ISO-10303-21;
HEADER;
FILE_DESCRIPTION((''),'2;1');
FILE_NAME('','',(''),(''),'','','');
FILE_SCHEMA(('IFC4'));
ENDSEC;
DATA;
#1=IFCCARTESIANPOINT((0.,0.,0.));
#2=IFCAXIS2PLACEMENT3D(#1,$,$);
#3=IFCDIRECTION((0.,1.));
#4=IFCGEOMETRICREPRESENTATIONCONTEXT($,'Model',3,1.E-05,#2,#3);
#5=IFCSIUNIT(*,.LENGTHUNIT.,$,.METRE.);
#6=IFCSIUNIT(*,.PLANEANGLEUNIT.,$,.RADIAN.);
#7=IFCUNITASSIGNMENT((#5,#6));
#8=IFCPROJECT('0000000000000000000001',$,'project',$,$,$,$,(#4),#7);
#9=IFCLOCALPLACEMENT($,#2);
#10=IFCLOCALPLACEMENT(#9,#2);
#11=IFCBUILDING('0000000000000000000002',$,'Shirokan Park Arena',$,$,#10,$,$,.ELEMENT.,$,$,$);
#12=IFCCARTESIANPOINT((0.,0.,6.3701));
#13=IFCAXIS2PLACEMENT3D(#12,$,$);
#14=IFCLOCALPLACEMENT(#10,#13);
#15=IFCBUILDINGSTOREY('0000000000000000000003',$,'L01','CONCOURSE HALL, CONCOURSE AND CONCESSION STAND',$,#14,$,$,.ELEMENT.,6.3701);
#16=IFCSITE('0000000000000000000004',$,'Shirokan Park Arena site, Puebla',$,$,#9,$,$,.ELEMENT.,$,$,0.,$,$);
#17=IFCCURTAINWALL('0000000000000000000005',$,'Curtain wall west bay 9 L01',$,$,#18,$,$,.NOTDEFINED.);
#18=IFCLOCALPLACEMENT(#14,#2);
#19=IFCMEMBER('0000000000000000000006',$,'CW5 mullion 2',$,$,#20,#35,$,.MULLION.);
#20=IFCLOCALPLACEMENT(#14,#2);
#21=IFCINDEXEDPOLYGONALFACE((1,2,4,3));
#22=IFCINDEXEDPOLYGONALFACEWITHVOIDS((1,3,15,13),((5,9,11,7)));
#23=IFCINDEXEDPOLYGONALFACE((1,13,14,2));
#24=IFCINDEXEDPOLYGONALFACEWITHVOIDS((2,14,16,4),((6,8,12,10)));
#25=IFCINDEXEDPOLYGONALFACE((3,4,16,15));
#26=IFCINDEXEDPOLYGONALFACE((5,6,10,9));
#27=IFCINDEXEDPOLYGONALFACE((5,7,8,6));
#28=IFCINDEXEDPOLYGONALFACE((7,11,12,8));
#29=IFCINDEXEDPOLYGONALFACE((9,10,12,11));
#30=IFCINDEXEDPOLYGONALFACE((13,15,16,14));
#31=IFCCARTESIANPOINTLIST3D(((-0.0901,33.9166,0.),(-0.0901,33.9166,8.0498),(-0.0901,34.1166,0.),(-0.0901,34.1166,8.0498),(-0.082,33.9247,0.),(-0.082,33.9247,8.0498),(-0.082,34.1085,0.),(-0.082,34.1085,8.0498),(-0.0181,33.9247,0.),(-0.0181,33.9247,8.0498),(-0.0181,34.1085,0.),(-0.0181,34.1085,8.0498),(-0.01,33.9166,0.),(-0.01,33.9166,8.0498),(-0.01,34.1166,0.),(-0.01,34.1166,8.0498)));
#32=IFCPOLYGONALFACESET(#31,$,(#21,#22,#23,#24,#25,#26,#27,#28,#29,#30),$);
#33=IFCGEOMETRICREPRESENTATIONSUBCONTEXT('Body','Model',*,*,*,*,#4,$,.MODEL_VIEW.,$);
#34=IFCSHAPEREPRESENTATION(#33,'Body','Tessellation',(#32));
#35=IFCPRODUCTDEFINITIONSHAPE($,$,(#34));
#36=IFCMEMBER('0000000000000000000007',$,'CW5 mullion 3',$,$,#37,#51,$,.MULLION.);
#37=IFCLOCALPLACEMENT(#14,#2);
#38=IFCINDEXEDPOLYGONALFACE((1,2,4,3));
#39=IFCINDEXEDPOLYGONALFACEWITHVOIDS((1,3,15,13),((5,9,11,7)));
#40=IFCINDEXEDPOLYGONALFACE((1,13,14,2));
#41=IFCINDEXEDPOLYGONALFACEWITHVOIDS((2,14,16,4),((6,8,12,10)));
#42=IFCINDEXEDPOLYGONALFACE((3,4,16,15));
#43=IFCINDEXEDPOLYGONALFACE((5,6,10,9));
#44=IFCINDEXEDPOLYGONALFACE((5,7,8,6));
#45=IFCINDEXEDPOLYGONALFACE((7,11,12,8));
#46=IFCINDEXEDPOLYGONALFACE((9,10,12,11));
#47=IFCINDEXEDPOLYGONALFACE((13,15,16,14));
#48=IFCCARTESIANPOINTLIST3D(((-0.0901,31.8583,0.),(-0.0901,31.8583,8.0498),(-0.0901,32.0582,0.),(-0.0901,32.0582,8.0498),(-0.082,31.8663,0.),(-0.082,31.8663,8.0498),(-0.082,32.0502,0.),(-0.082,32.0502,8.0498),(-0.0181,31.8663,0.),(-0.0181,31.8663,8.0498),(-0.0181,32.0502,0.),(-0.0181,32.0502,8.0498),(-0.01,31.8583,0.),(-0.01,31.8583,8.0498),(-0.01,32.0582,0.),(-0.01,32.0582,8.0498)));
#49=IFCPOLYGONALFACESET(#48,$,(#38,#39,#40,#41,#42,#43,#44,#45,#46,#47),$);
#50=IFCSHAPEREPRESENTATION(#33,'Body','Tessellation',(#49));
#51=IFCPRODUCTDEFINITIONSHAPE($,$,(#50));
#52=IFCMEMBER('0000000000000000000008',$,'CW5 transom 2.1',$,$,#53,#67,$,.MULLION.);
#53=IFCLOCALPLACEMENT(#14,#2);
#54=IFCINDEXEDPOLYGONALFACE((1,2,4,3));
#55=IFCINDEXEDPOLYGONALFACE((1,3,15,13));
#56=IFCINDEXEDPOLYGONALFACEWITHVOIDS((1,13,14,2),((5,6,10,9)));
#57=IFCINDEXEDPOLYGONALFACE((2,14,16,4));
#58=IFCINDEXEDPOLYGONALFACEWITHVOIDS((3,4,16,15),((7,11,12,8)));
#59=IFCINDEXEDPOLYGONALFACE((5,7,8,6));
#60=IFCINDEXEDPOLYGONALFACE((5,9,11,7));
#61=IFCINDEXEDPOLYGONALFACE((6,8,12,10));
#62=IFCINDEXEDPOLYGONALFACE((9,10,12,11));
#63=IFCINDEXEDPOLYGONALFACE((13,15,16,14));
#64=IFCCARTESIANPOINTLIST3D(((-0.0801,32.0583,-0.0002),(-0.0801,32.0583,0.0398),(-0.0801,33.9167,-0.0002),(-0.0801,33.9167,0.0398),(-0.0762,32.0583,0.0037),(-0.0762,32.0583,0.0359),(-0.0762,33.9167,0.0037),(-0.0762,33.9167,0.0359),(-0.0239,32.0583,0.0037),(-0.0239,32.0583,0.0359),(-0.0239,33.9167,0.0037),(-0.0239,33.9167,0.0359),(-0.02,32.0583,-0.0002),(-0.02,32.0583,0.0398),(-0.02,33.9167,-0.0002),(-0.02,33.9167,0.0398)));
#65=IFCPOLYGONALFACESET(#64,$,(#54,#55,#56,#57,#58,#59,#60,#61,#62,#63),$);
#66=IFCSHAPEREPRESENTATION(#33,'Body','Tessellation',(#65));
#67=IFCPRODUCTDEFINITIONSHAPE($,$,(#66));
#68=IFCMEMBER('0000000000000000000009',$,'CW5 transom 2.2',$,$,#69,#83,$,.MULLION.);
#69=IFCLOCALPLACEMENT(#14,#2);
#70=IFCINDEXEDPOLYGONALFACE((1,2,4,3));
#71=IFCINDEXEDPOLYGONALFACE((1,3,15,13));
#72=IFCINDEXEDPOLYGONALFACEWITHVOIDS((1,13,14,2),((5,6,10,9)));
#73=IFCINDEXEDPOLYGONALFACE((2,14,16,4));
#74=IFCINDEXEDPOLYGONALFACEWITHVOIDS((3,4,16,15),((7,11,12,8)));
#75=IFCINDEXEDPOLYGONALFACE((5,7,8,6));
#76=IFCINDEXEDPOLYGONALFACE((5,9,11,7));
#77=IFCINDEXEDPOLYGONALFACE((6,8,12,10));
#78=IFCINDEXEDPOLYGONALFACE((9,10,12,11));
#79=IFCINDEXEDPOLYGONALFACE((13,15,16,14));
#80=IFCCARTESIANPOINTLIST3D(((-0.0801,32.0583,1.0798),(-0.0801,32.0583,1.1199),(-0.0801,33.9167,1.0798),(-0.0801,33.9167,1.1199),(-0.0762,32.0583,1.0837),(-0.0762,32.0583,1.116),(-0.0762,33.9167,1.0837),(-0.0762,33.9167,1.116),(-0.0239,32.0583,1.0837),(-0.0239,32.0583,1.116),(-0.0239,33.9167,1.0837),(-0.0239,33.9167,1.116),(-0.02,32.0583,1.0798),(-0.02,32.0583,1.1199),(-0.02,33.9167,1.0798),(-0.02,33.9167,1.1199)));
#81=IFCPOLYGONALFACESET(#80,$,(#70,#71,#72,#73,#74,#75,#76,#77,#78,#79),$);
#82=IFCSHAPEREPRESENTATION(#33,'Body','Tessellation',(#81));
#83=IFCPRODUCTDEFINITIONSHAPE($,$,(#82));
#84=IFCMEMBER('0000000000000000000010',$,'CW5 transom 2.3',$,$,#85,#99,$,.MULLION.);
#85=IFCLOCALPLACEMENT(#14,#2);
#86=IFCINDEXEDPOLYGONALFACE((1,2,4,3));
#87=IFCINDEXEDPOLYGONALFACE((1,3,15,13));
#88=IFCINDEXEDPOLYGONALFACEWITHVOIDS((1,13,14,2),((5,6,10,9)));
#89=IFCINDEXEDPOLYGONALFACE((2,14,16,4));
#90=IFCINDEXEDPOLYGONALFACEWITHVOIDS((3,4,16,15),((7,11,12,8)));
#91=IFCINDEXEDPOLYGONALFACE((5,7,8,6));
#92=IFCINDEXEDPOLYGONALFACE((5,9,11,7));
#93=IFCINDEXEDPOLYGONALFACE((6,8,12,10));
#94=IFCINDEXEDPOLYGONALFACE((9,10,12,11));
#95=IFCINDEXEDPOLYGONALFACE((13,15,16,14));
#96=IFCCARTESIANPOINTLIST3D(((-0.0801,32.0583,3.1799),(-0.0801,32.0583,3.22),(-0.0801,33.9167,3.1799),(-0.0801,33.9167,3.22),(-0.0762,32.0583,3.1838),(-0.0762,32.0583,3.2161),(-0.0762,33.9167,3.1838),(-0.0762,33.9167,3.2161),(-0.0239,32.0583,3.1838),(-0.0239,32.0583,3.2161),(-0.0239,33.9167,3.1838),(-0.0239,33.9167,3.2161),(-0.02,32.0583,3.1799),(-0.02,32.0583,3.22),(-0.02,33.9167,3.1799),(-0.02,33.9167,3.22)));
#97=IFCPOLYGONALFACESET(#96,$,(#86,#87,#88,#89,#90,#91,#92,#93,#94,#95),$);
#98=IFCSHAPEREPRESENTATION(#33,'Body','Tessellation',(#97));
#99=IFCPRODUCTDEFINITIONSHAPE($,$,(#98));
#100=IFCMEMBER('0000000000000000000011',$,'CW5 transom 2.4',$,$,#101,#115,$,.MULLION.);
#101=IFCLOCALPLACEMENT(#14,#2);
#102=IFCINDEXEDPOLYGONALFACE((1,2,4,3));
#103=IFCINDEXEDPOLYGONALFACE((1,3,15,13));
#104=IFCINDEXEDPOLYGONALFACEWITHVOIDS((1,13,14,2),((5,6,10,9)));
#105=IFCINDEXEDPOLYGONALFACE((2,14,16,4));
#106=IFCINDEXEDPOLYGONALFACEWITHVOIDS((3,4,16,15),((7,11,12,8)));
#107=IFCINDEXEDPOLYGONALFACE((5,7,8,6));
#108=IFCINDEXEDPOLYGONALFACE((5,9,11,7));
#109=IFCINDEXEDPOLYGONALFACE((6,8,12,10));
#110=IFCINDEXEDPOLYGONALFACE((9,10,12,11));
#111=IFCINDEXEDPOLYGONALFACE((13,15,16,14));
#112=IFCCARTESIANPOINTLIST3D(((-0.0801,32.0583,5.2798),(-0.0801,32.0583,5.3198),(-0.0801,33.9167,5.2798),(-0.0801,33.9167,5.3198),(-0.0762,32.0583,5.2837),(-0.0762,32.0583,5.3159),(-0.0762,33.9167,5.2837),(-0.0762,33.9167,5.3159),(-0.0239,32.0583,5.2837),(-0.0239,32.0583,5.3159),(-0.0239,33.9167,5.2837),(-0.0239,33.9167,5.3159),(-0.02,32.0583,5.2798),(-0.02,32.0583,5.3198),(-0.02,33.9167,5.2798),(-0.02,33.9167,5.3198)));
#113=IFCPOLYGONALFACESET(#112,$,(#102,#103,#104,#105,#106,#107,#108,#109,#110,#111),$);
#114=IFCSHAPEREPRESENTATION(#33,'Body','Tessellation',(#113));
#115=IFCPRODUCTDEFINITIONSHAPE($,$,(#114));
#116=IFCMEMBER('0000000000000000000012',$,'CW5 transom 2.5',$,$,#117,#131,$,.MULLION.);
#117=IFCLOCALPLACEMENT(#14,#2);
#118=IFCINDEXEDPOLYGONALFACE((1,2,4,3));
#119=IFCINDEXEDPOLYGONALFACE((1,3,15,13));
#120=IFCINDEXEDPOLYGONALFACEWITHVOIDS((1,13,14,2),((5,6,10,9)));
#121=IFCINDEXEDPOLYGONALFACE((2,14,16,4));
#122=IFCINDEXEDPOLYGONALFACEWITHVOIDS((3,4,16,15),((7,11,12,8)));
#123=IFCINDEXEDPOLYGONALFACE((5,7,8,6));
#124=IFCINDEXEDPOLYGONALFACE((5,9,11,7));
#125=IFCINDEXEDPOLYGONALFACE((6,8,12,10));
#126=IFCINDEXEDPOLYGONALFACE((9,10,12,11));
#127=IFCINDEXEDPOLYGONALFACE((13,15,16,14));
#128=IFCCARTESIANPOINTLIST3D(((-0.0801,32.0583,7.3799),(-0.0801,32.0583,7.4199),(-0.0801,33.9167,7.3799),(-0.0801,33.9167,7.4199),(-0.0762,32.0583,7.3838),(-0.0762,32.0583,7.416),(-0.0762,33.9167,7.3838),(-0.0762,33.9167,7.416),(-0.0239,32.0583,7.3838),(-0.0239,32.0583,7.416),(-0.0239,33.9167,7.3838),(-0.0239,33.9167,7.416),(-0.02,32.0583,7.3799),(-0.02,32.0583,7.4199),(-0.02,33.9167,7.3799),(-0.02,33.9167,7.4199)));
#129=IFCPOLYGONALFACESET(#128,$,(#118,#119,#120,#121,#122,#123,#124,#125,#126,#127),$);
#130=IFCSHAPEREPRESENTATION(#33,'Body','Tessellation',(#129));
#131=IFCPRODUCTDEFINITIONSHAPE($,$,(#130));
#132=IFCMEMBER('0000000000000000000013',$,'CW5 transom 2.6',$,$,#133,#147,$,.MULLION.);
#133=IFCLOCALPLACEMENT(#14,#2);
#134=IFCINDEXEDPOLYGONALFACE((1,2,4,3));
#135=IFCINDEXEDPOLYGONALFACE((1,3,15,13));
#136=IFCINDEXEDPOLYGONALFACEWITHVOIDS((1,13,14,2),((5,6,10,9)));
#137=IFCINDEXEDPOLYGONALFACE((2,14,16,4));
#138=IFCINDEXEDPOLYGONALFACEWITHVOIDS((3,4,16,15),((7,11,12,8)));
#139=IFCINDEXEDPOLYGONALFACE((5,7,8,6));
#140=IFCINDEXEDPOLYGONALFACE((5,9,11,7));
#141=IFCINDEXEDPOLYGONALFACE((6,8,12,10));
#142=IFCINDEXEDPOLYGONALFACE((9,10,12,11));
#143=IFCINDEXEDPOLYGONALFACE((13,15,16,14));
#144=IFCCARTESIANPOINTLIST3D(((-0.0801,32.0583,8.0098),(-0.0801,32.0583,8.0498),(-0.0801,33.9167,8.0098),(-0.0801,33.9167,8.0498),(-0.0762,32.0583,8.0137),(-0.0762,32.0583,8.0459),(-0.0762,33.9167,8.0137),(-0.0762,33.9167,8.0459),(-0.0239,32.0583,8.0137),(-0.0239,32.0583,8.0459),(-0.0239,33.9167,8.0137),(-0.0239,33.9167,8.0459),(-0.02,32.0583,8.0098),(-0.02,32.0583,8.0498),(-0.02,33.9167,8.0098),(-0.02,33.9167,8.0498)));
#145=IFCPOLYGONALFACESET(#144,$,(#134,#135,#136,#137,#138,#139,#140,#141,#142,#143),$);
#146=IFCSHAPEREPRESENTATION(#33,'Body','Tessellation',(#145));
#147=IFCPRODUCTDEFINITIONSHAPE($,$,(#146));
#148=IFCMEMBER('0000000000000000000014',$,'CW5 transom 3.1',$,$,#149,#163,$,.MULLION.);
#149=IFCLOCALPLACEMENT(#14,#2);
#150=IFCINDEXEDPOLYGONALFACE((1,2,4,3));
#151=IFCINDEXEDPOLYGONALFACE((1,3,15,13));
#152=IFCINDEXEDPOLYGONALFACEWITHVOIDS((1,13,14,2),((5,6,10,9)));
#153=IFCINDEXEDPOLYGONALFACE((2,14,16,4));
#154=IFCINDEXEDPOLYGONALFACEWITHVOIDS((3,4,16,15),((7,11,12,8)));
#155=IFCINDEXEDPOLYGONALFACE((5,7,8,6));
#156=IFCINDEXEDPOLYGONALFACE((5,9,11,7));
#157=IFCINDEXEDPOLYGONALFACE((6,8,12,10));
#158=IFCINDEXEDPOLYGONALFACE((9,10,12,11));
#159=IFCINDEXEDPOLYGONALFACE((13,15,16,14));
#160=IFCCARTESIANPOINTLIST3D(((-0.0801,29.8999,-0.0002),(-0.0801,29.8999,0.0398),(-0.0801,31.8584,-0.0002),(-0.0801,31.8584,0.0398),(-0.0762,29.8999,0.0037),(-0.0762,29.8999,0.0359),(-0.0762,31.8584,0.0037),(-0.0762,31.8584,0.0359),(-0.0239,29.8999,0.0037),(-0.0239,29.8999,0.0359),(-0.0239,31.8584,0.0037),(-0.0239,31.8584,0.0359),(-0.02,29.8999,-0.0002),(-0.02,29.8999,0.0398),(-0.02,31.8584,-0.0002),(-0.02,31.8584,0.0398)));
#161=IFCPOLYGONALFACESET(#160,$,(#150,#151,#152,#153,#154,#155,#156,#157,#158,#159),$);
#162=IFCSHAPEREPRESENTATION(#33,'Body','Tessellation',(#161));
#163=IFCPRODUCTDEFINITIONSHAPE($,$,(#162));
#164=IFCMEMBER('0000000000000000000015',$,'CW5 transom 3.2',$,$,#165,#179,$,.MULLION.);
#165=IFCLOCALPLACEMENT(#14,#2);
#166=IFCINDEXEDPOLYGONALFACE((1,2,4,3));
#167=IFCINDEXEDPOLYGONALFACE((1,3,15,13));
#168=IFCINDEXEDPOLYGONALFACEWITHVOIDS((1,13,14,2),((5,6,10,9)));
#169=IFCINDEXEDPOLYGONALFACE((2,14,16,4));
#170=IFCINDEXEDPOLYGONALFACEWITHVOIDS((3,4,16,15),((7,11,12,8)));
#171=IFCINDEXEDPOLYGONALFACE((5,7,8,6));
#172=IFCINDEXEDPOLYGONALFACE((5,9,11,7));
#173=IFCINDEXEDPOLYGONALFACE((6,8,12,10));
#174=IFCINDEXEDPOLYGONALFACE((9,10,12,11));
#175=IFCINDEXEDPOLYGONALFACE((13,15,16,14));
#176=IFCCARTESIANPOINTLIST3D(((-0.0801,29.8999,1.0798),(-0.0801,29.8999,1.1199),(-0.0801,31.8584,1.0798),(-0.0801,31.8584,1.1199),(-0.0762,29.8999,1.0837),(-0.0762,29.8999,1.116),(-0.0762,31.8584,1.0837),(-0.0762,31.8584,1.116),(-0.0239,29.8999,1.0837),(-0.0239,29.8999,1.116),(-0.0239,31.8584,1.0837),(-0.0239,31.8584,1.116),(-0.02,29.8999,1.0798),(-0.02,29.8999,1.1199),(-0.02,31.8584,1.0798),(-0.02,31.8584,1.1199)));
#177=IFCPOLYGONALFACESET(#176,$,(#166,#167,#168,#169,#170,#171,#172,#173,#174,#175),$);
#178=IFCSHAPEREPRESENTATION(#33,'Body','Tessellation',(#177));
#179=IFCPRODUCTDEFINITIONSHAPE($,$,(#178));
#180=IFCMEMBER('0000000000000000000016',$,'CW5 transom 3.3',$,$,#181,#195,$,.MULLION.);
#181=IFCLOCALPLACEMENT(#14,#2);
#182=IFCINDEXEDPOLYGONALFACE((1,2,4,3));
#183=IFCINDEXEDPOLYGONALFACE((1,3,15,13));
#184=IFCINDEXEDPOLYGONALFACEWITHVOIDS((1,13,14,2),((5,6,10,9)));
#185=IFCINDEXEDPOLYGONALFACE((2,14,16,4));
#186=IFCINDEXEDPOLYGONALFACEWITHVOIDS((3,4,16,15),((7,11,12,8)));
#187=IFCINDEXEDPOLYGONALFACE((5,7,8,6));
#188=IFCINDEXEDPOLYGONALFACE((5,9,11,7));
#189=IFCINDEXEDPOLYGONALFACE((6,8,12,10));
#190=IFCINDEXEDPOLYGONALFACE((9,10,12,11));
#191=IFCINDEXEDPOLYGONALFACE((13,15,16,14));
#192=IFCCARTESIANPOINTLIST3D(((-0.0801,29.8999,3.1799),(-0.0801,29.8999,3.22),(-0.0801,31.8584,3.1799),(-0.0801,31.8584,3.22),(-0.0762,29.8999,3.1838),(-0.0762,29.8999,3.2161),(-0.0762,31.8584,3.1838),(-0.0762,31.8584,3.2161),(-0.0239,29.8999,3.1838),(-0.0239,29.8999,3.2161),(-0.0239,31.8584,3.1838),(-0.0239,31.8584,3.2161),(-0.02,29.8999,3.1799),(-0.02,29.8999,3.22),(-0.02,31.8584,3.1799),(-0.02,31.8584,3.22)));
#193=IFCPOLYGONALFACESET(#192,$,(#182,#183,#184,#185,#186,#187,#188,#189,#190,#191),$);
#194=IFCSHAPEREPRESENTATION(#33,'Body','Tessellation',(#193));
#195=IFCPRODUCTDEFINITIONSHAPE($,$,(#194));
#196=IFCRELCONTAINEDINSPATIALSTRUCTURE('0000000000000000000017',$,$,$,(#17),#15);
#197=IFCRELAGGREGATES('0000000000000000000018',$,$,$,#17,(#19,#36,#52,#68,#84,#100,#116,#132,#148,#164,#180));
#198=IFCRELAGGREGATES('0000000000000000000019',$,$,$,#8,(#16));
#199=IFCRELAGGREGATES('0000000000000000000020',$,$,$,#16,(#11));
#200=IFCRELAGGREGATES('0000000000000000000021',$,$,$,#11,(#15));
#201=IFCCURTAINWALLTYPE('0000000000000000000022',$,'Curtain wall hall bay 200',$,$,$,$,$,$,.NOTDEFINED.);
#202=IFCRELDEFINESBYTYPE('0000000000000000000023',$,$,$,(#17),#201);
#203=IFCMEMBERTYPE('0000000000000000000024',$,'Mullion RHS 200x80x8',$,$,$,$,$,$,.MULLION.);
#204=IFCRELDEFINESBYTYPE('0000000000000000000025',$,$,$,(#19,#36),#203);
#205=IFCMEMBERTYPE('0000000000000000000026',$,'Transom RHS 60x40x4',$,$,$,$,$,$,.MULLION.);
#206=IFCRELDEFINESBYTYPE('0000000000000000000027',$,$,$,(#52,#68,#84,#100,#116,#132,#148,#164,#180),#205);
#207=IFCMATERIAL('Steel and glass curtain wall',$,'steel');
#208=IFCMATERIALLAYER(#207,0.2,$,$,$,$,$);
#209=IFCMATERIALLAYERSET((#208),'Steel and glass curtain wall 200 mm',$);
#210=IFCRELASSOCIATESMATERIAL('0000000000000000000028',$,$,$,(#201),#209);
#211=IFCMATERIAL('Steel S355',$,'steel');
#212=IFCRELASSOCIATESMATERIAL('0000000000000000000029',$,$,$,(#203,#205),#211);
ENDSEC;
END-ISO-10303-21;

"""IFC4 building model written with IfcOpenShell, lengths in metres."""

from ifc_helpers import new_model, si_unit, direction, frame, origin, origin_2d, place, context, subcontext, project, spatial, hollow_rectangle, extrude, material, layer, layer_set, material_profile, profile_set, type_object, element, aggregate, save


model = new_model("IFC4")

# Units and contexts
model_context = context("Model", 3, precision=1e-05, world=origin(), true_north=direction((0.0, 1.0)))
body_context = subcontext(model_context, "Body", "Model", "MODEL_VIEW")
ifc_project = project(units=[si_unit("LENGTHUNIT", "METRE"), si_unit("PLANEANGLEUNIT", "RADIAN")], contexts=[model_context])

# Site, building, storey
site_placement = place(None, origin())
site = spatial("IfcSite", under=ifc_project, at=site_placement, Name="Shirokan Park Arena site, Puebla", CompositionType="ELEMENT", RefElevation=0.0)
building_placement = place(site_placement, origin())
building = spatial("IfcBuilding", under=site, at=building_placement, Name="Shirokan Park Arena", CompositionType="ELEMENT")
storey_placement = place(building_placement, frame((0.0, 0.0, 6.3701)))
storey = spatial("IfcBuildingStorey", under=building, at=storey_placement, Name="L01", Description="CONCOURSE HALL, CONCOURSE AND CONCESSION STAND", CompositionType="ELEMENT", Elevation=6.3701)

# Curtain wall, members
ifc_material_1 = material(Name="Steel and glass curtain wall", Category="steel")
ifc_layer_1 = layer(ifc_material_1, 0.2)
ifc_layer_set_1 = layer_set([ifc_layer_1], Name="Steel and glass curtain wall 200 mm")
curtain_wall_type = type_object("IfcCurtainWallType", Name="Curtain wall hall bay 200", PredefinedType="NOTDEFINED", material=ifc_layer_set_1)
curtain_wall_placement = place(storey_placement, origin())
curtain_wall = element("IfcCurtainWall", 1, at=curtain_wall_placement, inside=storey, type_object=curtain_wall_type, Name="Curtain wall west bay 9 L01", PredefinedType="NOTDEFINED")
ifc_material_2 = material(Name="Steel S355", Category="steel")
ifc_material_profile_1 = material_profile(ifc_material_2, hollow_rectangle(XDim=0.0801, YDim=0.2, WallThickness=0.0081, at=origin_2d()), Name="RHS 200x80x8")
ifc_profile_set_1 = profile_set([ifc_material_profile_1], Name="Steel S355")
member_type_1 = type_object("IfcMemberType", Name="Mullion RHS 200x80x8", PredefinedType="MULLION", material=ifc_profile_set_1)
member_1_placement = place(storey_placement, frame((-0.05, 34.0166, 0.0), z_axis=(0.0, 0.0, 1.0), x_axis=(1.0, 0.0, 0.0)))
member_1 = element("IfcMember", 2, at=member_1_placement, type_object=member_type_1, Name="CW5 mullion 2", PredefinedType="MULLION", context=body_context, shape_type="SweptSolid", body=[
    extrude(hollow_rectangle(XDim=0.0801, YDim=0.2, WallThickness=0.0081, at=origin_2d()), origin(), (0.0, 0.0, 1.0), 8.0498),
])
member_2_placement = place(storey_placement, frame((-0.05, 31.9583, 0.0), z_axis=(0.0, 0.0, 1.0), x_axis=(1.0, 0.0, 0.0)))
member_2 = element("IfcMember", 3, at=member_2_placement, type_object=member_type_1, Name="CW5 mullion 3", PredefinedType="MULLION", context=body_context, shape_type="SweptSolid", body=[
    extrude(hollow_rectangle(XDim=0.0801, YDim=0.2, WallThickness=0.0081, at=origin_2d()), origin(), (0.0, 0.0, 1.0), 8.0498),
])
ifc_material_profile_2 = material_profile(ifc_material_2, hollow_rectangle(XDim=0.0601, YDim=0.04, WallThickness=0.0039, at=origin_2d()), Name="RHS 60x40x4")
ifc_profile_set_2 = profile_set([ifc_material_profile_2], Name="Steel S355")
member_type_2 = type_object("IfcMemberType", Name="Transom RHS 60x40x4", PredefinedType="MULLION", material=ifc_profile_set_2)
member_3_placement = place(storey_placement, frame((-0.05, 33.9167, 0.0198), z_axis=(0.0, -1.0, 0.0), x_axis=(1.0, 0.0, 0.0)))
member_3 = element("IfcMember", 4, at=member_3_placement, type_object=member_type_2, Name="CW5 transom 2.1", PredefinedType="MULLION", context=body_context, shape_type="SweptSolid", body=[
    extrude(hollow_rectangle(XDim=0.0601, YDim=0.04, WallThickness=0.0039, at=origin_2d()), origin(), (0.0, 0.0, 1.0), 1.8584),
])
member_4_placement = place(storey_placement, frame((-0.05, 33.9167, 1.0999), z_axis=(0.0, -1.0, 0.0), x_axis=(1.0, 0.0, 0.0)))
member_4 = element("IfcMember", 5, at=member_4_placement, type_object=member_type_2, Name="CW5 transom 2.2", PredefinedType="MULLION", context=body_context, shape_type="SweptSolid", body=[
    extrude(hollow_rectangle(XDim=0.0601, YDim=0.04, WallThickness=0.0039, at=origin_2d()), origin(), (0.0, 0.0, 1.0), 1.8584),
])
member_5_placement = place(storey_placement, frame((-0.05, 33.9167, 3.2), z_axis=(0.0, -1.0, 0.0), x_axis=(1.0, 0.0, 0.0)))
member_5 = element("IfcMember", 6, at=member_5_placement, type_object=member_type_2, Name="CW5 transom 2.3", PredefinedType="MULLION", context=body_context, shape_type="SweptSolid", body=[
    extrude(hollow_rectangle(XDim=0.0601, YDim=0.04, WallThickness=0.0039, at=origin_2d()), origin(), (0.0, 0.0, 1.0), 1.8584),
])
member_6_placement = place(storey_placement, frame((-0.05, 33.9167, 5.2998), z_axis=(0.0, -1.0, 0.0), x_axis=(1.0, 0.0, 0.0)))
member_6 = element("IfcMember", 7, at=member_6_placement, type_object=member_type_2, Name="CW5 transom 2.4", PredefinedType="MULLION", context=body_context, shape_type="SweptSolid", body=[
    extrude(hollow_rectangle(XDim=0.0601, YDim=0.04, WallThickness=0.0039, at=origin_2d()), origin(), (0.0, 0.0, 1.0), 1.8584),
])
member_7_placement = place(storey_placement, frame((-0.05, 33.9167, 7.3999), z_axis=(0.0, -1.0, 0.0), x_axis=(1.0, 0.0, 0.0)))
member_7 = element("IfcMember", 8, at=member_7_placement, type_object=member_type_2, Name="CW5 transom 2.5", PredefinedType="MULLION", context=body_context, shape_type="SweptSolid", body=[
    extrude(hollow_rectangle(XDim=0.0601, YDim=0.04, WallThickness=0.0039, at=origin_2d()), origin(), (0.0, 0.0, 1.0), 1.8584),
])
member_8_placement = place(storey_placement, frame((-0.05, 33.9167, 8.0298), z_axis=(0.0, -1.0, 0.0), x_axis=(1.0, 0.0, 0.0)))
member_8 = element("IfcMember", 9, at=member_8_placement, type_object=member_type_2, Name="CW5 transom 2.6", PredefinedType="MULLION", context=body_context, shape_type="SweptSolid", body=[
    extrude(hollow_rectangle(XDim=0.0601, YDim=0.04, WallThickness=0.0039, at=origin_2d()), origin(), (0.0, 0.0, 1.0), 1.8584),
])
member_9_placement = place(storey_placement, frame((-0.05, 31.8584, 0.0198), z_axis=(0.0, -1.0, 0.0), x_axis=(1.0, 0.0, 0.0)))
member_9 = element("IfcMember", 10, at=member_9_placement, type_object=member_type_2, Name="CW5 transom 3.1", PredefinedType="MULLION", context=body_context, shape_type="SweptSolid", body=[
    extrude(hollow_rectangle(XDim=0.0601, YDim=0.04, WallThickness=0.0039, at=origin_2d()), origin(), (0.0, 0.0, 1.0), 1.9585),
])
member_10_placement = place(storey_placement, frame((-0.05, 31.8584, 1.0999), z_axis=(0.0, -1.0, 0.0), x_axis=(1.0, 0.0, 0.0)))
member_10 = element("IfcMember", 11, at=member_10_placement, type_object=member_type_2, Name="CW5 transom 3.2", PredefinedType="MULLION", context=body_context, shape_type="SweptSolid", body=[
    extrude(hollow_rectangle(XDim=0.0601, YDim=0.04, WallThickness=0.0039, at=origin_2d()), origin(), (0.0, 0.0, 1.0), 1.9585),
])
member_11_placement = place(storey_placement, frame((-0.05, 31.8584, 3.2), z_axis=(0.0, -1.0, 0.0), x_axis=(1.0, 0.0, 0.0)))
member_11 = element("IfcMember", 12, at=member_11_placement, type_object=member_type_2, Name="CW5 transom 3.3", PredefinedType="MULLION", context=body_context, shape_type="SweptSolid", body=[
    extrude(hollow_rectangle(XDim=0.0601, YDim=0.04, WallThickness=0.0039, at=origin_2d()), origin(), (0.0, 0.0, 1.0), 1.9585),
])
aggregate(curtain_wall, [member_1, member_2, member_3, member_4, member_5, member_6, member_7, member_8, member_9, member_10, member_11])

save(model, "model.ifc")
